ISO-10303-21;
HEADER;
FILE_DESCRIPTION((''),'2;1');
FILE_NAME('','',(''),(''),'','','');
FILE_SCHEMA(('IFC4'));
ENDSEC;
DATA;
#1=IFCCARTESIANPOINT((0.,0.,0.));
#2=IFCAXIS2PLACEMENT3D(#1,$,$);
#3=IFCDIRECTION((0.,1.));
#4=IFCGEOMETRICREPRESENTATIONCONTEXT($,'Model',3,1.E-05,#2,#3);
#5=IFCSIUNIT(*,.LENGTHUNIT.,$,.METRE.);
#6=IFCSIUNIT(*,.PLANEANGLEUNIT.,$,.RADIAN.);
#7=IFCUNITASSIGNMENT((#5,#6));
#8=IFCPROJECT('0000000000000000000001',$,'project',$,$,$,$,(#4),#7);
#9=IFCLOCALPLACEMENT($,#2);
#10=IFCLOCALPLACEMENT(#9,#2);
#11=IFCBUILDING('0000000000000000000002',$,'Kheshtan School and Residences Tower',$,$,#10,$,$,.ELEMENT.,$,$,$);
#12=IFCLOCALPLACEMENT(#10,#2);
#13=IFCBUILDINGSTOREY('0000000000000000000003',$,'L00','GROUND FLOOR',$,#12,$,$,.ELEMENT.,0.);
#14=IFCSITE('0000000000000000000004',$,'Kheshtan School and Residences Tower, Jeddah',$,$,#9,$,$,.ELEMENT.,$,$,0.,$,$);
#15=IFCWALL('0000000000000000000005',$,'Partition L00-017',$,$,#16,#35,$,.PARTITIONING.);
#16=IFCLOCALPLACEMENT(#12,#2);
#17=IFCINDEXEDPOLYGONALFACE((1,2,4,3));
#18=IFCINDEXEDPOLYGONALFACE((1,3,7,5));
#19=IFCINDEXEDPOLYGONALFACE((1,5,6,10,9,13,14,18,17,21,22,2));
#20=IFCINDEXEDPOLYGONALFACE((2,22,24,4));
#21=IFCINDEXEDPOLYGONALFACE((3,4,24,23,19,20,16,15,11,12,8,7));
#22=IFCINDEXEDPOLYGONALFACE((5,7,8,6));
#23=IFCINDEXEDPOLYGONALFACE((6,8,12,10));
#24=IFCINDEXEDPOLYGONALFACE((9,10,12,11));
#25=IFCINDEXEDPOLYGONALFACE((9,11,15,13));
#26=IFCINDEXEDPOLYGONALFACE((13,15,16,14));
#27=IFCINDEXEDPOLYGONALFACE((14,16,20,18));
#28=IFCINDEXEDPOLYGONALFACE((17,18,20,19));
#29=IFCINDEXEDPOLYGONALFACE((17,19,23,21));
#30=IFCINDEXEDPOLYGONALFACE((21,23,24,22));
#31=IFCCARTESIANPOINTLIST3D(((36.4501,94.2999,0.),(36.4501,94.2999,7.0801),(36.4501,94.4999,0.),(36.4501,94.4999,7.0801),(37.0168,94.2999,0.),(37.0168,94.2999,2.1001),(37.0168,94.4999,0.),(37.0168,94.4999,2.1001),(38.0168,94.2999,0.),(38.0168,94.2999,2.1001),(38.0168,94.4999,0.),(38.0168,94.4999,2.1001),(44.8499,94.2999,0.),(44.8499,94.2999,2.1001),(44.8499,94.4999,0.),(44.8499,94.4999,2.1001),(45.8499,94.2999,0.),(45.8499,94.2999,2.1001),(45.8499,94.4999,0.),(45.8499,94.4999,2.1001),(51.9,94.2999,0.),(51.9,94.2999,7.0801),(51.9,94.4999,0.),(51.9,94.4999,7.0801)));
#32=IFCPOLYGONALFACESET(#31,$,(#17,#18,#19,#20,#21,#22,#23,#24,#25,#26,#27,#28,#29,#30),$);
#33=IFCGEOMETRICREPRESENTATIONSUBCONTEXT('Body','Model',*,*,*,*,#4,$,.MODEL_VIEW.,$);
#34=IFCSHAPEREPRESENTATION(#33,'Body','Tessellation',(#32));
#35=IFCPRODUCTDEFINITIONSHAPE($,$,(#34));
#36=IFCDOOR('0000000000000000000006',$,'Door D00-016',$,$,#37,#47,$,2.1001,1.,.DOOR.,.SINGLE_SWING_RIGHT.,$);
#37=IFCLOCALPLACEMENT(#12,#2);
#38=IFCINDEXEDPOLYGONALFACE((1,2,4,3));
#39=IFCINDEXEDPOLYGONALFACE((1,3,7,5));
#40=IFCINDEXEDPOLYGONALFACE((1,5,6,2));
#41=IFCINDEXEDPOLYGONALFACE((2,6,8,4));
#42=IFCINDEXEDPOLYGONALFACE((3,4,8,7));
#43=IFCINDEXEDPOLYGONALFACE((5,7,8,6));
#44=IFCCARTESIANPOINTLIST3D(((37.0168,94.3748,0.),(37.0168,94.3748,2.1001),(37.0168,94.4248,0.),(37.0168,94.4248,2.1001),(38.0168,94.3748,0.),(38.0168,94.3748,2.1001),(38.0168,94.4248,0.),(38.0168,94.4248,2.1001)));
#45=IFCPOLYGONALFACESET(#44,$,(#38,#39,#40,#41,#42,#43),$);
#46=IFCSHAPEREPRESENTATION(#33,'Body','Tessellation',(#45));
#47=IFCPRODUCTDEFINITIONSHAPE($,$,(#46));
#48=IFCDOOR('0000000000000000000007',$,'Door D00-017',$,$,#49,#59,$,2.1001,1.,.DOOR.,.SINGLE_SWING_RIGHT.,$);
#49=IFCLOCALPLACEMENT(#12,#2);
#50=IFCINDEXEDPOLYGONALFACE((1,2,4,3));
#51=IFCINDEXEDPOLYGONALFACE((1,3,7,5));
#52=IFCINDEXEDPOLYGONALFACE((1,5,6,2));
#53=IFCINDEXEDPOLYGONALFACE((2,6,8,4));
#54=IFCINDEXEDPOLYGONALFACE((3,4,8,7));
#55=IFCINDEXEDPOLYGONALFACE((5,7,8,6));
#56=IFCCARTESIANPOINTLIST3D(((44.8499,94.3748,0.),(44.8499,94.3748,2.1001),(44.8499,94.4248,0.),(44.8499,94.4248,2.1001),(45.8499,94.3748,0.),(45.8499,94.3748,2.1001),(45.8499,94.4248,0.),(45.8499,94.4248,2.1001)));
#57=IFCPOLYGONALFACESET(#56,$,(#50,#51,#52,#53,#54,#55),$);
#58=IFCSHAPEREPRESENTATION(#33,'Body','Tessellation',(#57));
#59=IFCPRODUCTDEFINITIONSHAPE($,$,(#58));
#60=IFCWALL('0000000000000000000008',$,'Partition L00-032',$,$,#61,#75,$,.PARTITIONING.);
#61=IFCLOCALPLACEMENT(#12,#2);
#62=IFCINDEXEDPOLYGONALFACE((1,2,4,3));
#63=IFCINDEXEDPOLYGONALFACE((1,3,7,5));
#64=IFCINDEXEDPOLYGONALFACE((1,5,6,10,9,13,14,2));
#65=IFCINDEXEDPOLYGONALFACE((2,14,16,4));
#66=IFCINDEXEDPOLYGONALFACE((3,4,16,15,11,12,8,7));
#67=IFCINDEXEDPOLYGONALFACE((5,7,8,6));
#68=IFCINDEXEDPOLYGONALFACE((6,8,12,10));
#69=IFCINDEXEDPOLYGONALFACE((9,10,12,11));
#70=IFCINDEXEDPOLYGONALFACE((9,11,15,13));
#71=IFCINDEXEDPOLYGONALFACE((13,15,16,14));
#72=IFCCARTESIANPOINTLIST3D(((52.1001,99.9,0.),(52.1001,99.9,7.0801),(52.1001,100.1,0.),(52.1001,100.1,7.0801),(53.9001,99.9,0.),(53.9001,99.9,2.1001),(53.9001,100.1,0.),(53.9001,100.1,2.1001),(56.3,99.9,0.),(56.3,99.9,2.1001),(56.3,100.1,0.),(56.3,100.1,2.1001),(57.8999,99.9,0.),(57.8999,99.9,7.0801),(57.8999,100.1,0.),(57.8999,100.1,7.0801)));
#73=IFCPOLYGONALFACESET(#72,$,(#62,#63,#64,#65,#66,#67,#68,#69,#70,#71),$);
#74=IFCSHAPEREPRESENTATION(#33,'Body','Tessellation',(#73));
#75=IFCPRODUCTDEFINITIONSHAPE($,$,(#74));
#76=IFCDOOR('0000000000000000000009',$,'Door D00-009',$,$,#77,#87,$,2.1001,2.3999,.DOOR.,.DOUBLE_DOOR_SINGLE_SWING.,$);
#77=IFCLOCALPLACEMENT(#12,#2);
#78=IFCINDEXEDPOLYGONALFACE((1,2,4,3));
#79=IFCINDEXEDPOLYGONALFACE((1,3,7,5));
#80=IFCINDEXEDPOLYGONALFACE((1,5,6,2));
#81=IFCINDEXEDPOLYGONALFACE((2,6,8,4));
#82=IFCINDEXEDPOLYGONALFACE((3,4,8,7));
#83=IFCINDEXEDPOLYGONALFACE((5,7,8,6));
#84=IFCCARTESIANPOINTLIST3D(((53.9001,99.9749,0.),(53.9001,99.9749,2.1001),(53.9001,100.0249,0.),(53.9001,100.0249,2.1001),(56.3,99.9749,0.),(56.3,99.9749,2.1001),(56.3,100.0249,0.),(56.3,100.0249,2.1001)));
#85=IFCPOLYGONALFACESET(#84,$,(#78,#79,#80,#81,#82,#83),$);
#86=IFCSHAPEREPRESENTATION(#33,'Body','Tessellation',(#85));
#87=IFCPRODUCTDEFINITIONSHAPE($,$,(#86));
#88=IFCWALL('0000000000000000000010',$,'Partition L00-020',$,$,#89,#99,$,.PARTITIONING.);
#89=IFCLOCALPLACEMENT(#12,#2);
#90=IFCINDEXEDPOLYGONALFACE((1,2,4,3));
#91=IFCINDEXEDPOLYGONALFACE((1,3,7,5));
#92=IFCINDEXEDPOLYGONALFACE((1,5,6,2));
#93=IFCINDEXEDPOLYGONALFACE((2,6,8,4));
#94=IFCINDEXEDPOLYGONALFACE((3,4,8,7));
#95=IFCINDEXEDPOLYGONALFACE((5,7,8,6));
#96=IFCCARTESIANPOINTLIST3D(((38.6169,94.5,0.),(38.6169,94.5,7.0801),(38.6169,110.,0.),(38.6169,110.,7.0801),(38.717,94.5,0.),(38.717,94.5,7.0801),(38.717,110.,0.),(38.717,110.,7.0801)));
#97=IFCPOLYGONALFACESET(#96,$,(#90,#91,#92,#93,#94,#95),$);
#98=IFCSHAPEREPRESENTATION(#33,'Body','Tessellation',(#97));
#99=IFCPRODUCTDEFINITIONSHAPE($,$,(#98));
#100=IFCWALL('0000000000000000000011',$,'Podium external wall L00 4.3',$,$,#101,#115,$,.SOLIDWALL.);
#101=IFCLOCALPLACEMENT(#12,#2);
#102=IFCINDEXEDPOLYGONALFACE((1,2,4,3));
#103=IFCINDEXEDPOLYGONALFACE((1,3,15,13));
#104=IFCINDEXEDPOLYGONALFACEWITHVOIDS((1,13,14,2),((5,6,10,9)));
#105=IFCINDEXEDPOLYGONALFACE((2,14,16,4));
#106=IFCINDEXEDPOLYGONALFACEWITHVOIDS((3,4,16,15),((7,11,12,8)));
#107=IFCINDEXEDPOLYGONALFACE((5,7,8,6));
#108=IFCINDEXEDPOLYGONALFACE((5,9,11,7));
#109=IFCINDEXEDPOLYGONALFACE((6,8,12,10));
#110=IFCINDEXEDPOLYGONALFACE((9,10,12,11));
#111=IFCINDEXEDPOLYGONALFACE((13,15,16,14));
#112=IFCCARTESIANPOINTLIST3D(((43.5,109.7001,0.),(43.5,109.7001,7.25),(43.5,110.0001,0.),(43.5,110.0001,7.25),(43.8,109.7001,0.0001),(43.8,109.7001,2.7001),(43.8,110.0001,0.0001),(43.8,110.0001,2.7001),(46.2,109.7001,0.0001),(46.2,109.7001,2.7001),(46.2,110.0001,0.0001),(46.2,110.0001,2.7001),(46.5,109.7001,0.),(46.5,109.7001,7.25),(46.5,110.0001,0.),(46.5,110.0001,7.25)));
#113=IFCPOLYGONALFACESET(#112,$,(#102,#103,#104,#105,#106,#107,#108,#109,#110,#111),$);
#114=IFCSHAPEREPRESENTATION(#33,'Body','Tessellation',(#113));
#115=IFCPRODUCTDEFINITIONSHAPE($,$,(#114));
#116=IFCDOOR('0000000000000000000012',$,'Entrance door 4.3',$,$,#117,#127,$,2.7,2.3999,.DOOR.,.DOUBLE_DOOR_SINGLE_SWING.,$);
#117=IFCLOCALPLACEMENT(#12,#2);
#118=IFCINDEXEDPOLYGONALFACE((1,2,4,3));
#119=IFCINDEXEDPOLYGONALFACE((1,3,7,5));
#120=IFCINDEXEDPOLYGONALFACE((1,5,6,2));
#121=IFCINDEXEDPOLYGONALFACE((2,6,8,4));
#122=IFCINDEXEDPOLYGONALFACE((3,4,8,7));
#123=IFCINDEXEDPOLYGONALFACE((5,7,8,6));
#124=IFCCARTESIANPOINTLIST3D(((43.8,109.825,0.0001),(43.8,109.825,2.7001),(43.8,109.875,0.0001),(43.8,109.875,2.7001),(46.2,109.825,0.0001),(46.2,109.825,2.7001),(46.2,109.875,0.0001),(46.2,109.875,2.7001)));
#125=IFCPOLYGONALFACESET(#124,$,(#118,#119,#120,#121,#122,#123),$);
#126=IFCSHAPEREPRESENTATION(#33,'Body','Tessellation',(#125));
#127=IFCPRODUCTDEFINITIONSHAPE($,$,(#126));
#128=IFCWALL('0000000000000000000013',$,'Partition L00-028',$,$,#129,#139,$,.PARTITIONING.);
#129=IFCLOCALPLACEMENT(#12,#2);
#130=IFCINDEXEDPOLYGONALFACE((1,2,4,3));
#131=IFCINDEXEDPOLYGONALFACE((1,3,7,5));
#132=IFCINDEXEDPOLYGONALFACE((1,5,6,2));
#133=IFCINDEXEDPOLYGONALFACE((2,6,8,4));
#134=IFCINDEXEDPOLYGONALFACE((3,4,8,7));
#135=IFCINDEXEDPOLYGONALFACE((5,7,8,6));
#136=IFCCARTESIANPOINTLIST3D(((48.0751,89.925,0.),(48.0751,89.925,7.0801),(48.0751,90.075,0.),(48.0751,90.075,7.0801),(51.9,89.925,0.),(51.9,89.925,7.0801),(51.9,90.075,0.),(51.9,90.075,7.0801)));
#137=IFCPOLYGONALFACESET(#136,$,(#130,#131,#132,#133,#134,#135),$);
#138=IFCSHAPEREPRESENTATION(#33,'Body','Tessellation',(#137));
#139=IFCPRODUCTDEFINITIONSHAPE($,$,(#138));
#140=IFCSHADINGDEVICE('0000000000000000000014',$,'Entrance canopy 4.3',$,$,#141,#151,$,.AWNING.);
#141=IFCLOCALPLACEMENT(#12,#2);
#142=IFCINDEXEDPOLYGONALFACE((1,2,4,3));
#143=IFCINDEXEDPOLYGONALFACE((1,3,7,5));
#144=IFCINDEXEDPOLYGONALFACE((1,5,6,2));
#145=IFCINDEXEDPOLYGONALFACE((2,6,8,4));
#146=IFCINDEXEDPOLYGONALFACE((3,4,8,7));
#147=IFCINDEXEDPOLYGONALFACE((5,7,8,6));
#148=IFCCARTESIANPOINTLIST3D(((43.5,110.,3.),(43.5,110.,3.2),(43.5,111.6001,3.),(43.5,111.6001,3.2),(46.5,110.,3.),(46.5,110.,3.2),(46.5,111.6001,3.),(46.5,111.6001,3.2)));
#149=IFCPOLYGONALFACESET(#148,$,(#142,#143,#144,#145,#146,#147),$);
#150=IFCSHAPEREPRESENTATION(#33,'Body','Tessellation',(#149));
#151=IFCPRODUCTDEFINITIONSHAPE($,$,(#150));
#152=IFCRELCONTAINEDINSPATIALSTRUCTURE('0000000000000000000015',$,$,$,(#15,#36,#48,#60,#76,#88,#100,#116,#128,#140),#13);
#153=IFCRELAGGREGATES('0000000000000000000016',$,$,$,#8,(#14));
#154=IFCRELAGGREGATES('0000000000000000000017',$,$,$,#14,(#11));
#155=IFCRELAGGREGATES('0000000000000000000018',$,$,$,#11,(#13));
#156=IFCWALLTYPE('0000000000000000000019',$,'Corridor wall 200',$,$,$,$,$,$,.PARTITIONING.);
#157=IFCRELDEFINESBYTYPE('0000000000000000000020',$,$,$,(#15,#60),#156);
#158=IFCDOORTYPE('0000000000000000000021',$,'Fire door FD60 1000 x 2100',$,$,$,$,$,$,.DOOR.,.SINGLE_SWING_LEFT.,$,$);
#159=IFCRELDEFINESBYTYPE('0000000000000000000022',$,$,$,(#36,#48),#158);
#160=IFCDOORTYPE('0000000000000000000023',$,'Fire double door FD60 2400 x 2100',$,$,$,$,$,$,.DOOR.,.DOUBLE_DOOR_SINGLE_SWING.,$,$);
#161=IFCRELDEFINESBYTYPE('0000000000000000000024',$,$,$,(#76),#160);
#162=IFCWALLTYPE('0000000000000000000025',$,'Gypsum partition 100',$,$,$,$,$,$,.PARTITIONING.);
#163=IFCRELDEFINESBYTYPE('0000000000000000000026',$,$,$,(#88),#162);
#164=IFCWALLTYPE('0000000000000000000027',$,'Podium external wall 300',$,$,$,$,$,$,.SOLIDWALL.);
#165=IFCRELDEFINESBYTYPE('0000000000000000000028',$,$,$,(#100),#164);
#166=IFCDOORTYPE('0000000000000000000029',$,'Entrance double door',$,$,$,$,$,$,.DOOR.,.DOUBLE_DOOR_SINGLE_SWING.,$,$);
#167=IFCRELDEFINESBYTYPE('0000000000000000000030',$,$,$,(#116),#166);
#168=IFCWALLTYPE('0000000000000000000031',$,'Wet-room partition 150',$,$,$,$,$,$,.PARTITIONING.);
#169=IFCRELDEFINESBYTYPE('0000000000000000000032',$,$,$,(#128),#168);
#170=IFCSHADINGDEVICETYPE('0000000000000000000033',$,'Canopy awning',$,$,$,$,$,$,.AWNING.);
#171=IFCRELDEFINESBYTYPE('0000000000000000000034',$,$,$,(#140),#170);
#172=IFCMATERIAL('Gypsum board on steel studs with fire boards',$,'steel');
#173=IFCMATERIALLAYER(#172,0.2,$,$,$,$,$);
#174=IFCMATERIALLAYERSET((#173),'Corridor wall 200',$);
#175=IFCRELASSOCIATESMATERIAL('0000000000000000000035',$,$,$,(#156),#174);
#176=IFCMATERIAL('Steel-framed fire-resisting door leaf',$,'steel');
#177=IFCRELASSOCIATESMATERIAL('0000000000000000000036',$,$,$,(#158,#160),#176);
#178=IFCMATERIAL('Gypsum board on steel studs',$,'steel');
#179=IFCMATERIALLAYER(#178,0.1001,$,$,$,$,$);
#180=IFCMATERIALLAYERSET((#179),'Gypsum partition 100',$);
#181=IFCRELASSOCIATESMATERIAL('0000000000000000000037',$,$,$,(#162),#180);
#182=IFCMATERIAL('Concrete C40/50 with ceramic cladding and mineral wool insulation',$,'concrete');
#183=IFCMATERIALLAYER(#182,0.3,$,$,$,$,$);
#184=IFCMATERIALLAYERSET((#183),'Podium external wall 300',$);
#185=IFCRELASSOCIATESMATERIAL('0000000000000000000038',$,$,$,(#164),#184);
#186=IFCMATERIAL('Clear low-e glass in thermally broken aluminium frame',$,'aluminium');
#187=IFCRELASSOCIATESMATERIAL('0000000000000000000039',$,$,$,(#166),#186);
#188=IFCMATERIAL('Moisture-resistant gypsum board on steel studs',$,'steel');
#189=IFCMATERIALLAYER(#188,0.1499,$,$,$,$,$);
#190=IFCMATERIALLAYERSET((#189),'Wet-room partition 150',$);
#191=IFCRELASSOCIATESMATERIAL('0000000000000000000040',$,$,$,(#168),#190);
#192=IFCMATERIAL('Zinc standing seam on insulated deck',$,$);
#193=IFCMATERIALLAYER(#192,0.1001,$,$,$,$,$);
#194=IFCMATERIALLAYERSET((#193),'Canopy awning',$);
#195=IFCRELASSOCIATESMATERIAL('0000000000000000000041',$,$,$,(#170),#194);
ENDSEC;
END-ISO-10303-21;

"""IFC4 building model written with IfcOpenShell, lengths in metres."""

from ifc_helpers import new_model, si_unit, direction, frame, frame_2d, origin, origin_2d, place, context, subcontext, project, spatial, rectangle, extrude, source, transform, mapped, material, layer, layer_set, type_object, element, fill, save


model = new_model("IFC4")

# Units and contexts
model_context = context("Model", 3, precision=1e-05, world=origin(), true_north=direction((0.0, 1.0)))
body_context = subcontext(model_context, "Body", "Model", "MODEL_VIEW")
ifc_project = project(units=[si_unit("LENGTHUNIT", "METRE"), si_unit("PLANEANGLEUNIT", "RADIAN")], contexts=[model_context])

# Site, building, storey
site_placement = place(None, origin())
site = spatial("IfcSite", under=ifc_project, at=site_placement, Name="Kheshtan School and Residences Tower, Jeddah", CompositionType="ELEMENT", RefElevation=0.0)
building_placement = place(site_placement, origin())
building = spatial("IfcBuilding", under=site, at=building_placement, Name="Kheshtan School and Residences Tower", CompositionType="ELEMENT")
storey_placement = place(building_placement, origin())
storey = spatial("IfcBuildingStorey", under=building, at=storey_placement, Name="L00", Description="GROUND FLOOR", CompositionType="ELEMENT", Elevation=0.0)

# Shared definitions
ifc_material_1 = material(Name="Clear low-e glass in thermally broken aluminium frame", Category="aluminium")

# Wall, openings, doors
ifc_material_2 = material(Name="Gypsum board on steel studs with fire boards", Category="steel")
ifc_layer_1 = layer(ifc_material_2, 0.2)
ifc_layer_set_1 = layer_set([ifc_layer_1], Name="Corridor wall 200")
wall_type_1 = type_object("IfcWallType", Name="Corridor wall 200", PredefinedType="PARTITIONING", material=ifc_layer_set_1)
ifc_material_3 = material(Name="Steel-framed fire-resisting door leaf", Category="steel")
door_type_1 = type_object("IfcDoorType", Name="Fire door FD60 1000 x 2100", OperationType="SINGLE_SWING_LEFT", PredefinedType="DOOR", material=ifc_material_3)
shared_shape_1 = source(origin(), body_context, "Body", "SweptSolid", [
    extrude(rectangle(XDim=1.0, YDim=2.1001, at=frame_2d((0.5, 1.05))), frame((0.0, 0.0249, 0.0), z_axis=(0.0, -1.0, 0.0), x_axis=(1.0, 0.0, 0.0)), (0.0, 0.0, 1.0), 0.05),
])
wall_1_placement = place(storey_placement, frame((36.45, 94.3999, 0.0), z_axis=(0.0, 0.0, 1.0), x_axis=(1.0, 0.0, 0.0)))
wall_1 = element("IfcWall", 1, at=wall_1_placement, inside=storey, type_object=wall_type_1, Name="Partition L00-017", PredefinedType="PARTITIONING", context=body_context, shape_type="SweptSolid", body=[
    extrude(rectangle(XDim=15.45, YDim=0.2, at=frame_2d((7.7251, 0.0))), origin(), (0.0, 0.0, 1.0), 7.0801),
])
opening_1_placement = place(wall_1_placement, frame((0.5669, 0.0, 0.0)))
opening_1 = element("IfcOpeningElement", 2, at=opening_1_placement, cuts=wall_1, PredefinedType="OPENING", context=body_context, shape_type="SweptSolid", body=[
    extrude(rectangle(XDim=1.0, YDim=2.1001, at=frame_2d((0.5, 1.05))), frame((0.0, 0.1099, 0.0), z_axis=(0.0, -1.0, 0.0), x_axis=(1.0, 0.0, 0.0)), (0.0, 0.0, 1.0), 0.22),
])
opening_2_placement = place(wall_1_placement, frame((8.3999, 0.0, 0.0)))
opening_2 = element("IfcOpeningElement", 3, at=opening_2_placement, cuts=wall_1, PredefinedType="OPENING", context=body_context, shape_type="SweptSolid", body=[
    extrude(rectangle(XDim=1.0, YDim=2.1001, at=frame_2d((0.5, 1.05))), frame((0.0, 0.1099, 0.0), z_axis=(0.0, -1.0, 0.0), x_axis=(1.0, 0.0, 0.0)), (0.0, 0.0, 1.0), 0.22),
])
door_1_placement = place(opening_1_placement, origin())
door_1 = element("IfcDoor", 4, at=door_1_placement, inside=storey, type_object=door_type_1, Name="Door D00-016", OperationType="SINGLE_SWING_RIGHT", OverallHeight=2.1001, OverallWidth=1.0, PredefinedType="DOOR", context=body_context, shape_type="MappedRepresentation", body=[
    mapped(shared_shape_1, transform((0.0, 0.0, 0.0), x_axis=(1.0, 0.0, 0.0), y_axis=(0.0, 1.0, 0.0), z_axis=(0.0, 0.0, 1.0), scale=1.0)),
])
fill(opening_1, door_1)
door_2_placement = place(opening_2_placement, origin())
door_2 = element("IfcDoor", 5, at=door_2_placement, inside=storey, type_object=door_type_1, Name="Door D00-017", OperationType="SINGLE_SWING_RIGHT", OverallHeight=2.1001, OverallWidth=1.0, PredefinedType="DOOR", context=body_context, shape_type="MappedRepresentation", body=[
    mapped(shared_shape_1, transform((0.0, 0.0, 0.0), x_axis=(1.0, 0.0, 0.0), y_axis=(0.0, 1.0, 0.0), z_axis=(0.0, 0.0, 1.0), scale=1.0)),
])
fill(opening_2, door_2)

# Wall, opening, door
wall_2_placement = place(storey_placement, frame((52.1001, 100.0, 0.0), z_axis=(0.0, 0.0, 1.0), x_axis=(1.0, 0.0, 0.0)))
wall_2 = element("IfcWall", 6, at=wall_2_placement, inside=storey, type_object=wall_type_1, Name="Partition L00-032", PredefinedType="PARTITIONING", context=body_context, shape_type="SweptSolid", body=[
    extrude(rectangle(XDim=5.7998, YDim=0.2, at=frame_2d((2.8999, 0.0))), origin(), (0.0, 0.0, 1.0), 7.0801),
])
opening_3_placement = place(wall_2_placement, frame((1.8, 0.0, 0.0)))
opening_3 = element("IfcOpeningElement", 7, at=opening_3_placement, cuts=wall_2, PredefinedType="OPENING", context=body_context, shape_type="SweptSolid", body=[
    extrude(rectangle(XDim=2.3999, YDim=2.1001, at=frame_2d((1.2, 1.05))), frame((0.0, 0.1099, 0.0), z_axis=(0.0, -1.0, 0.0), x_axis=(1.0, 0.0, 0.0)), (0.0, 0.0, 1.0), 0.22),
])
door_type_2 = type_object("IfcDoorType", Name="Fire double door FD60 2400 x 2100", OperationType="DOUBLE_DOOR_SINGLE_SWING", PredefinedType="DOOR", material=ifc_material_3)
shared_shape_2 = source(origin(), body_context, "Body", "SweptSolid", [
    extrude(rectangle(XDim=2.3999, YDim=2.1001, at=frame_2d((1.2, 1.05))), frame((0.0, 0.0249, 0.0), z_axis=(0.0, -1.0, 0.0), x_axis=(1.0, 0.0, 0.0)), (0.0, 0.0, 1.0), 0.05),
])
door_3_placement = place(opening_3_placement, origin())
door_3 = element("IfcDoor", 8, at=door_3_placement, inside=storey, type_object=door_type_2, Name="Door D00-009", OperationType="DOUBLE_DOOR_SINGLE_SWING", OverallHeight=2.1001, OverallWidth=2.3999, PredefinedType="DOOR", context=body_context, shape_type="MappedRepresentation", body=[
    mapped(shared_shape_2, transform((0.0, 0.0, 0.0), x_axis=(1.0, 0.0, 0.0), y_axis=(0.0, 1.0, 0.0), z_axis=(0.0, 0.0, 1.0), scale=1.0)),
])
fill(opening_3, door_3)

# Wall
ifc_material_4 = material(Name="Gypsum board on steel studs", Category="steel")
ifc_layer_2 = layer(ifc_material_4, 0.1001)
ifc_layer_set_2 = layer_set([ifc_layer_2], Name="Gypsum partition 100")
wall_type_2 = type_object("IfcWallType", Name="Gypsum partition 100", PredefinedType="PARTITIONING", material=ifc_layer_set_2)
wall_3_placement = place(storey_placement, frame((38.667, 94.5, 0.0), z_axis=(0.0, 0.0, 1.0), x_axis=(0.0, 1.0, 0.0)))
element("IfcWall", 9, at=wall_3_placement, inside=storey, type_object=wall_type_2, Name="Partition L00-020", PredefinedType="PARTITIONING", context=body_context, shape_type="SweptSolid", body=[
    extrude(rectangle(XDim=15.5, YDim=0.1001, at=frame_2d((7.75, 0.0))), origin(), (0.0, 0.0, 1.0), 7.0801),
])

# Wall, opening, door
ifc_material_5 = material(Name="Concrete C40/50 with ceramic cladding and mineral wool insulation", Category="concrete")
ifc_layer_3 = layer(ifc_material_5, 0.3)
ifc_layer_set_3 = layer_set([ifc_layer_3], Name="Podium external wall 300")
wall_type_3 = type_object("IfcWallType", Name="Podium external wall 300", PredefinedType="SOLIDWALL", material=ifc_layer_set_3)
wall_4_placement = place(storey_placement, frame((43.5, 109.8501, 0.0), z_axis=(0.0, 0.0, 1.0), x_axis=(1.0, 0.0, 0.0)))
wall_4 = element("IfcWall", 10, at=wall_4_placement, inside=storey, type_object=wall_type_3, Name="Podium external wall L00 4.3", PredefinedType="SOLIDWALL", context=body_context, shape_type="SweptSolid", body=[
    extrude(rectangle(XDim=3.0, YDim=0.3, at=frame_2d((1.5, 0.0))), origin(), (0.0, 0.0, 1.0), 7.25),
])
opening_4_placement = place(wall_4_placement, frame((0.3, 0.0, 0.0)))
opening_4 = element("IfcOpeningElement", 11, at=opening_4_placement, cuts=wall_4, PredefinedType="OPENING", context=body_context, shape_type="SweptSolid", body=[
    extrude(rectangle(XDim=2.3999, YDim=2.7, at=frame_2d((1.2, 1.3501))), frame((0.0, 0.1602, 0.0), z_axis=(0.0, -1.0, 0.0), x_axis=(1.0, 0.0, 0.0)), (0.0, 0.0, 1.0), 0.3201),
])
door_type_3 = type_object("IfcDoorType", Name="Entrance double door", OperationType="DOUBLE_DOOR_SINGLE_SWING", PredefinedType="DOOR", material=ifc_material_1)
shared_shape_3 = source(origin(), body_context, "Body", "SweptSolid", [
    extrude(rectangle(XDim=2.3999, YDim=2.7, at=frame_2d((1.2, 1.3501))), frame((0.0, 0.0249, 0.0), z_axis=(0.0, -1.0, 0.0), x_axis=(1.0, 0.0, 0.0)), (0.0, 0.0, 1.0), 0.05),
])
door_4_placement = place(opening_4_placement, origin())
door_4 = element("IfcDoor", 12, at=door_4_placement, inside=storey, type_object=door_type_3, Name="Entrance door 4.3", OperationType="DOUBLE_DOOR_SINGLE_SWING", OverallHeight=2.7, OverallWidth=2.3999, PredefinedType="DOOR", context=body_context, shape_type="MappedRepresentation", body=[
    mapped(shared_shape_3, transform((0.0, 0.0, 0.0), x_axis=(1.0, 0.0, 0.0), y_axis=(0.0, 1.0, 0.0), z_axis=(0.0, 0.0, 1.0), scale=1.0)),
])
fill(opening_4, door_4)

# Wall
ifc_material_6 = material(Name="Moisture-resistant gypsum board on steel studs", Category="steel")
ifc_layer_4 = layer(ifc_material_6, 0.1499)
ifc_layer_set_4 = layer_set([ifc_layer_4], Name="Wet-room partition 150")
wall_type_4 = type_object("IfcWallType", Name="Wet-room partition 150", PredefinedType="PARTITIONING", material=ifc_layer_set_4)
wall_5_placement = place(storey_placement, frame((48.075, 90.0, 0.0), z_axis=(0.0, 0.0, 1.0), x_axis=(1.0, 0.0, 0.0)))
element("IfcWall", 13, at=wall_5_placement, inside=storey, type_object=wall_type_4, Name="Partition L00-028", PredefinedType="PARTITIONING", context=body_context, shape_type="SweptSolid", body=[
    extrude(rectangle(XDim=3.825, YDim=0.1499, at=frame_2d((1.9126, 0.0))), origin(), (0.0, 0.0, 1.0), 7.0801),
])

# Shading device
ifc_material_7 = material(Name="Zinc standing seam on insulated deck")
ifc_layer_5 = layer(ifc_material_7, 0.1001)
ifc_layer_set_5 = layer_set([ifc_layer_5], Name="Canopy awning")
shading_device_type = type_object("IfcShadingDeviceType", Name="Canopy awning", PredefinedType="AWNING", material=ifc_layer_set_5)
shading_device_placement = place(storey_placement, frame((45.0, 110.8, 3.0), z_axis=(0.0, 0.0, 1.0), x_axis=(1.0, 0.0, 0.0)))
element("IfcShadingDevice", 14, at=shading_device_placement, inside=storey, type_object=shading_device_type, Name="Entrance canopy 4.3", PredefinedType="AWNING", context=body_context, shape_type="SweptSolid", body=[
    extrude(rectangle(XDim=3.0, YDim=1.6001, at=origin_2d()), origin(), (0.0, 0.0, 1.0), 0.2),
])

save(model, "model.ifc")
